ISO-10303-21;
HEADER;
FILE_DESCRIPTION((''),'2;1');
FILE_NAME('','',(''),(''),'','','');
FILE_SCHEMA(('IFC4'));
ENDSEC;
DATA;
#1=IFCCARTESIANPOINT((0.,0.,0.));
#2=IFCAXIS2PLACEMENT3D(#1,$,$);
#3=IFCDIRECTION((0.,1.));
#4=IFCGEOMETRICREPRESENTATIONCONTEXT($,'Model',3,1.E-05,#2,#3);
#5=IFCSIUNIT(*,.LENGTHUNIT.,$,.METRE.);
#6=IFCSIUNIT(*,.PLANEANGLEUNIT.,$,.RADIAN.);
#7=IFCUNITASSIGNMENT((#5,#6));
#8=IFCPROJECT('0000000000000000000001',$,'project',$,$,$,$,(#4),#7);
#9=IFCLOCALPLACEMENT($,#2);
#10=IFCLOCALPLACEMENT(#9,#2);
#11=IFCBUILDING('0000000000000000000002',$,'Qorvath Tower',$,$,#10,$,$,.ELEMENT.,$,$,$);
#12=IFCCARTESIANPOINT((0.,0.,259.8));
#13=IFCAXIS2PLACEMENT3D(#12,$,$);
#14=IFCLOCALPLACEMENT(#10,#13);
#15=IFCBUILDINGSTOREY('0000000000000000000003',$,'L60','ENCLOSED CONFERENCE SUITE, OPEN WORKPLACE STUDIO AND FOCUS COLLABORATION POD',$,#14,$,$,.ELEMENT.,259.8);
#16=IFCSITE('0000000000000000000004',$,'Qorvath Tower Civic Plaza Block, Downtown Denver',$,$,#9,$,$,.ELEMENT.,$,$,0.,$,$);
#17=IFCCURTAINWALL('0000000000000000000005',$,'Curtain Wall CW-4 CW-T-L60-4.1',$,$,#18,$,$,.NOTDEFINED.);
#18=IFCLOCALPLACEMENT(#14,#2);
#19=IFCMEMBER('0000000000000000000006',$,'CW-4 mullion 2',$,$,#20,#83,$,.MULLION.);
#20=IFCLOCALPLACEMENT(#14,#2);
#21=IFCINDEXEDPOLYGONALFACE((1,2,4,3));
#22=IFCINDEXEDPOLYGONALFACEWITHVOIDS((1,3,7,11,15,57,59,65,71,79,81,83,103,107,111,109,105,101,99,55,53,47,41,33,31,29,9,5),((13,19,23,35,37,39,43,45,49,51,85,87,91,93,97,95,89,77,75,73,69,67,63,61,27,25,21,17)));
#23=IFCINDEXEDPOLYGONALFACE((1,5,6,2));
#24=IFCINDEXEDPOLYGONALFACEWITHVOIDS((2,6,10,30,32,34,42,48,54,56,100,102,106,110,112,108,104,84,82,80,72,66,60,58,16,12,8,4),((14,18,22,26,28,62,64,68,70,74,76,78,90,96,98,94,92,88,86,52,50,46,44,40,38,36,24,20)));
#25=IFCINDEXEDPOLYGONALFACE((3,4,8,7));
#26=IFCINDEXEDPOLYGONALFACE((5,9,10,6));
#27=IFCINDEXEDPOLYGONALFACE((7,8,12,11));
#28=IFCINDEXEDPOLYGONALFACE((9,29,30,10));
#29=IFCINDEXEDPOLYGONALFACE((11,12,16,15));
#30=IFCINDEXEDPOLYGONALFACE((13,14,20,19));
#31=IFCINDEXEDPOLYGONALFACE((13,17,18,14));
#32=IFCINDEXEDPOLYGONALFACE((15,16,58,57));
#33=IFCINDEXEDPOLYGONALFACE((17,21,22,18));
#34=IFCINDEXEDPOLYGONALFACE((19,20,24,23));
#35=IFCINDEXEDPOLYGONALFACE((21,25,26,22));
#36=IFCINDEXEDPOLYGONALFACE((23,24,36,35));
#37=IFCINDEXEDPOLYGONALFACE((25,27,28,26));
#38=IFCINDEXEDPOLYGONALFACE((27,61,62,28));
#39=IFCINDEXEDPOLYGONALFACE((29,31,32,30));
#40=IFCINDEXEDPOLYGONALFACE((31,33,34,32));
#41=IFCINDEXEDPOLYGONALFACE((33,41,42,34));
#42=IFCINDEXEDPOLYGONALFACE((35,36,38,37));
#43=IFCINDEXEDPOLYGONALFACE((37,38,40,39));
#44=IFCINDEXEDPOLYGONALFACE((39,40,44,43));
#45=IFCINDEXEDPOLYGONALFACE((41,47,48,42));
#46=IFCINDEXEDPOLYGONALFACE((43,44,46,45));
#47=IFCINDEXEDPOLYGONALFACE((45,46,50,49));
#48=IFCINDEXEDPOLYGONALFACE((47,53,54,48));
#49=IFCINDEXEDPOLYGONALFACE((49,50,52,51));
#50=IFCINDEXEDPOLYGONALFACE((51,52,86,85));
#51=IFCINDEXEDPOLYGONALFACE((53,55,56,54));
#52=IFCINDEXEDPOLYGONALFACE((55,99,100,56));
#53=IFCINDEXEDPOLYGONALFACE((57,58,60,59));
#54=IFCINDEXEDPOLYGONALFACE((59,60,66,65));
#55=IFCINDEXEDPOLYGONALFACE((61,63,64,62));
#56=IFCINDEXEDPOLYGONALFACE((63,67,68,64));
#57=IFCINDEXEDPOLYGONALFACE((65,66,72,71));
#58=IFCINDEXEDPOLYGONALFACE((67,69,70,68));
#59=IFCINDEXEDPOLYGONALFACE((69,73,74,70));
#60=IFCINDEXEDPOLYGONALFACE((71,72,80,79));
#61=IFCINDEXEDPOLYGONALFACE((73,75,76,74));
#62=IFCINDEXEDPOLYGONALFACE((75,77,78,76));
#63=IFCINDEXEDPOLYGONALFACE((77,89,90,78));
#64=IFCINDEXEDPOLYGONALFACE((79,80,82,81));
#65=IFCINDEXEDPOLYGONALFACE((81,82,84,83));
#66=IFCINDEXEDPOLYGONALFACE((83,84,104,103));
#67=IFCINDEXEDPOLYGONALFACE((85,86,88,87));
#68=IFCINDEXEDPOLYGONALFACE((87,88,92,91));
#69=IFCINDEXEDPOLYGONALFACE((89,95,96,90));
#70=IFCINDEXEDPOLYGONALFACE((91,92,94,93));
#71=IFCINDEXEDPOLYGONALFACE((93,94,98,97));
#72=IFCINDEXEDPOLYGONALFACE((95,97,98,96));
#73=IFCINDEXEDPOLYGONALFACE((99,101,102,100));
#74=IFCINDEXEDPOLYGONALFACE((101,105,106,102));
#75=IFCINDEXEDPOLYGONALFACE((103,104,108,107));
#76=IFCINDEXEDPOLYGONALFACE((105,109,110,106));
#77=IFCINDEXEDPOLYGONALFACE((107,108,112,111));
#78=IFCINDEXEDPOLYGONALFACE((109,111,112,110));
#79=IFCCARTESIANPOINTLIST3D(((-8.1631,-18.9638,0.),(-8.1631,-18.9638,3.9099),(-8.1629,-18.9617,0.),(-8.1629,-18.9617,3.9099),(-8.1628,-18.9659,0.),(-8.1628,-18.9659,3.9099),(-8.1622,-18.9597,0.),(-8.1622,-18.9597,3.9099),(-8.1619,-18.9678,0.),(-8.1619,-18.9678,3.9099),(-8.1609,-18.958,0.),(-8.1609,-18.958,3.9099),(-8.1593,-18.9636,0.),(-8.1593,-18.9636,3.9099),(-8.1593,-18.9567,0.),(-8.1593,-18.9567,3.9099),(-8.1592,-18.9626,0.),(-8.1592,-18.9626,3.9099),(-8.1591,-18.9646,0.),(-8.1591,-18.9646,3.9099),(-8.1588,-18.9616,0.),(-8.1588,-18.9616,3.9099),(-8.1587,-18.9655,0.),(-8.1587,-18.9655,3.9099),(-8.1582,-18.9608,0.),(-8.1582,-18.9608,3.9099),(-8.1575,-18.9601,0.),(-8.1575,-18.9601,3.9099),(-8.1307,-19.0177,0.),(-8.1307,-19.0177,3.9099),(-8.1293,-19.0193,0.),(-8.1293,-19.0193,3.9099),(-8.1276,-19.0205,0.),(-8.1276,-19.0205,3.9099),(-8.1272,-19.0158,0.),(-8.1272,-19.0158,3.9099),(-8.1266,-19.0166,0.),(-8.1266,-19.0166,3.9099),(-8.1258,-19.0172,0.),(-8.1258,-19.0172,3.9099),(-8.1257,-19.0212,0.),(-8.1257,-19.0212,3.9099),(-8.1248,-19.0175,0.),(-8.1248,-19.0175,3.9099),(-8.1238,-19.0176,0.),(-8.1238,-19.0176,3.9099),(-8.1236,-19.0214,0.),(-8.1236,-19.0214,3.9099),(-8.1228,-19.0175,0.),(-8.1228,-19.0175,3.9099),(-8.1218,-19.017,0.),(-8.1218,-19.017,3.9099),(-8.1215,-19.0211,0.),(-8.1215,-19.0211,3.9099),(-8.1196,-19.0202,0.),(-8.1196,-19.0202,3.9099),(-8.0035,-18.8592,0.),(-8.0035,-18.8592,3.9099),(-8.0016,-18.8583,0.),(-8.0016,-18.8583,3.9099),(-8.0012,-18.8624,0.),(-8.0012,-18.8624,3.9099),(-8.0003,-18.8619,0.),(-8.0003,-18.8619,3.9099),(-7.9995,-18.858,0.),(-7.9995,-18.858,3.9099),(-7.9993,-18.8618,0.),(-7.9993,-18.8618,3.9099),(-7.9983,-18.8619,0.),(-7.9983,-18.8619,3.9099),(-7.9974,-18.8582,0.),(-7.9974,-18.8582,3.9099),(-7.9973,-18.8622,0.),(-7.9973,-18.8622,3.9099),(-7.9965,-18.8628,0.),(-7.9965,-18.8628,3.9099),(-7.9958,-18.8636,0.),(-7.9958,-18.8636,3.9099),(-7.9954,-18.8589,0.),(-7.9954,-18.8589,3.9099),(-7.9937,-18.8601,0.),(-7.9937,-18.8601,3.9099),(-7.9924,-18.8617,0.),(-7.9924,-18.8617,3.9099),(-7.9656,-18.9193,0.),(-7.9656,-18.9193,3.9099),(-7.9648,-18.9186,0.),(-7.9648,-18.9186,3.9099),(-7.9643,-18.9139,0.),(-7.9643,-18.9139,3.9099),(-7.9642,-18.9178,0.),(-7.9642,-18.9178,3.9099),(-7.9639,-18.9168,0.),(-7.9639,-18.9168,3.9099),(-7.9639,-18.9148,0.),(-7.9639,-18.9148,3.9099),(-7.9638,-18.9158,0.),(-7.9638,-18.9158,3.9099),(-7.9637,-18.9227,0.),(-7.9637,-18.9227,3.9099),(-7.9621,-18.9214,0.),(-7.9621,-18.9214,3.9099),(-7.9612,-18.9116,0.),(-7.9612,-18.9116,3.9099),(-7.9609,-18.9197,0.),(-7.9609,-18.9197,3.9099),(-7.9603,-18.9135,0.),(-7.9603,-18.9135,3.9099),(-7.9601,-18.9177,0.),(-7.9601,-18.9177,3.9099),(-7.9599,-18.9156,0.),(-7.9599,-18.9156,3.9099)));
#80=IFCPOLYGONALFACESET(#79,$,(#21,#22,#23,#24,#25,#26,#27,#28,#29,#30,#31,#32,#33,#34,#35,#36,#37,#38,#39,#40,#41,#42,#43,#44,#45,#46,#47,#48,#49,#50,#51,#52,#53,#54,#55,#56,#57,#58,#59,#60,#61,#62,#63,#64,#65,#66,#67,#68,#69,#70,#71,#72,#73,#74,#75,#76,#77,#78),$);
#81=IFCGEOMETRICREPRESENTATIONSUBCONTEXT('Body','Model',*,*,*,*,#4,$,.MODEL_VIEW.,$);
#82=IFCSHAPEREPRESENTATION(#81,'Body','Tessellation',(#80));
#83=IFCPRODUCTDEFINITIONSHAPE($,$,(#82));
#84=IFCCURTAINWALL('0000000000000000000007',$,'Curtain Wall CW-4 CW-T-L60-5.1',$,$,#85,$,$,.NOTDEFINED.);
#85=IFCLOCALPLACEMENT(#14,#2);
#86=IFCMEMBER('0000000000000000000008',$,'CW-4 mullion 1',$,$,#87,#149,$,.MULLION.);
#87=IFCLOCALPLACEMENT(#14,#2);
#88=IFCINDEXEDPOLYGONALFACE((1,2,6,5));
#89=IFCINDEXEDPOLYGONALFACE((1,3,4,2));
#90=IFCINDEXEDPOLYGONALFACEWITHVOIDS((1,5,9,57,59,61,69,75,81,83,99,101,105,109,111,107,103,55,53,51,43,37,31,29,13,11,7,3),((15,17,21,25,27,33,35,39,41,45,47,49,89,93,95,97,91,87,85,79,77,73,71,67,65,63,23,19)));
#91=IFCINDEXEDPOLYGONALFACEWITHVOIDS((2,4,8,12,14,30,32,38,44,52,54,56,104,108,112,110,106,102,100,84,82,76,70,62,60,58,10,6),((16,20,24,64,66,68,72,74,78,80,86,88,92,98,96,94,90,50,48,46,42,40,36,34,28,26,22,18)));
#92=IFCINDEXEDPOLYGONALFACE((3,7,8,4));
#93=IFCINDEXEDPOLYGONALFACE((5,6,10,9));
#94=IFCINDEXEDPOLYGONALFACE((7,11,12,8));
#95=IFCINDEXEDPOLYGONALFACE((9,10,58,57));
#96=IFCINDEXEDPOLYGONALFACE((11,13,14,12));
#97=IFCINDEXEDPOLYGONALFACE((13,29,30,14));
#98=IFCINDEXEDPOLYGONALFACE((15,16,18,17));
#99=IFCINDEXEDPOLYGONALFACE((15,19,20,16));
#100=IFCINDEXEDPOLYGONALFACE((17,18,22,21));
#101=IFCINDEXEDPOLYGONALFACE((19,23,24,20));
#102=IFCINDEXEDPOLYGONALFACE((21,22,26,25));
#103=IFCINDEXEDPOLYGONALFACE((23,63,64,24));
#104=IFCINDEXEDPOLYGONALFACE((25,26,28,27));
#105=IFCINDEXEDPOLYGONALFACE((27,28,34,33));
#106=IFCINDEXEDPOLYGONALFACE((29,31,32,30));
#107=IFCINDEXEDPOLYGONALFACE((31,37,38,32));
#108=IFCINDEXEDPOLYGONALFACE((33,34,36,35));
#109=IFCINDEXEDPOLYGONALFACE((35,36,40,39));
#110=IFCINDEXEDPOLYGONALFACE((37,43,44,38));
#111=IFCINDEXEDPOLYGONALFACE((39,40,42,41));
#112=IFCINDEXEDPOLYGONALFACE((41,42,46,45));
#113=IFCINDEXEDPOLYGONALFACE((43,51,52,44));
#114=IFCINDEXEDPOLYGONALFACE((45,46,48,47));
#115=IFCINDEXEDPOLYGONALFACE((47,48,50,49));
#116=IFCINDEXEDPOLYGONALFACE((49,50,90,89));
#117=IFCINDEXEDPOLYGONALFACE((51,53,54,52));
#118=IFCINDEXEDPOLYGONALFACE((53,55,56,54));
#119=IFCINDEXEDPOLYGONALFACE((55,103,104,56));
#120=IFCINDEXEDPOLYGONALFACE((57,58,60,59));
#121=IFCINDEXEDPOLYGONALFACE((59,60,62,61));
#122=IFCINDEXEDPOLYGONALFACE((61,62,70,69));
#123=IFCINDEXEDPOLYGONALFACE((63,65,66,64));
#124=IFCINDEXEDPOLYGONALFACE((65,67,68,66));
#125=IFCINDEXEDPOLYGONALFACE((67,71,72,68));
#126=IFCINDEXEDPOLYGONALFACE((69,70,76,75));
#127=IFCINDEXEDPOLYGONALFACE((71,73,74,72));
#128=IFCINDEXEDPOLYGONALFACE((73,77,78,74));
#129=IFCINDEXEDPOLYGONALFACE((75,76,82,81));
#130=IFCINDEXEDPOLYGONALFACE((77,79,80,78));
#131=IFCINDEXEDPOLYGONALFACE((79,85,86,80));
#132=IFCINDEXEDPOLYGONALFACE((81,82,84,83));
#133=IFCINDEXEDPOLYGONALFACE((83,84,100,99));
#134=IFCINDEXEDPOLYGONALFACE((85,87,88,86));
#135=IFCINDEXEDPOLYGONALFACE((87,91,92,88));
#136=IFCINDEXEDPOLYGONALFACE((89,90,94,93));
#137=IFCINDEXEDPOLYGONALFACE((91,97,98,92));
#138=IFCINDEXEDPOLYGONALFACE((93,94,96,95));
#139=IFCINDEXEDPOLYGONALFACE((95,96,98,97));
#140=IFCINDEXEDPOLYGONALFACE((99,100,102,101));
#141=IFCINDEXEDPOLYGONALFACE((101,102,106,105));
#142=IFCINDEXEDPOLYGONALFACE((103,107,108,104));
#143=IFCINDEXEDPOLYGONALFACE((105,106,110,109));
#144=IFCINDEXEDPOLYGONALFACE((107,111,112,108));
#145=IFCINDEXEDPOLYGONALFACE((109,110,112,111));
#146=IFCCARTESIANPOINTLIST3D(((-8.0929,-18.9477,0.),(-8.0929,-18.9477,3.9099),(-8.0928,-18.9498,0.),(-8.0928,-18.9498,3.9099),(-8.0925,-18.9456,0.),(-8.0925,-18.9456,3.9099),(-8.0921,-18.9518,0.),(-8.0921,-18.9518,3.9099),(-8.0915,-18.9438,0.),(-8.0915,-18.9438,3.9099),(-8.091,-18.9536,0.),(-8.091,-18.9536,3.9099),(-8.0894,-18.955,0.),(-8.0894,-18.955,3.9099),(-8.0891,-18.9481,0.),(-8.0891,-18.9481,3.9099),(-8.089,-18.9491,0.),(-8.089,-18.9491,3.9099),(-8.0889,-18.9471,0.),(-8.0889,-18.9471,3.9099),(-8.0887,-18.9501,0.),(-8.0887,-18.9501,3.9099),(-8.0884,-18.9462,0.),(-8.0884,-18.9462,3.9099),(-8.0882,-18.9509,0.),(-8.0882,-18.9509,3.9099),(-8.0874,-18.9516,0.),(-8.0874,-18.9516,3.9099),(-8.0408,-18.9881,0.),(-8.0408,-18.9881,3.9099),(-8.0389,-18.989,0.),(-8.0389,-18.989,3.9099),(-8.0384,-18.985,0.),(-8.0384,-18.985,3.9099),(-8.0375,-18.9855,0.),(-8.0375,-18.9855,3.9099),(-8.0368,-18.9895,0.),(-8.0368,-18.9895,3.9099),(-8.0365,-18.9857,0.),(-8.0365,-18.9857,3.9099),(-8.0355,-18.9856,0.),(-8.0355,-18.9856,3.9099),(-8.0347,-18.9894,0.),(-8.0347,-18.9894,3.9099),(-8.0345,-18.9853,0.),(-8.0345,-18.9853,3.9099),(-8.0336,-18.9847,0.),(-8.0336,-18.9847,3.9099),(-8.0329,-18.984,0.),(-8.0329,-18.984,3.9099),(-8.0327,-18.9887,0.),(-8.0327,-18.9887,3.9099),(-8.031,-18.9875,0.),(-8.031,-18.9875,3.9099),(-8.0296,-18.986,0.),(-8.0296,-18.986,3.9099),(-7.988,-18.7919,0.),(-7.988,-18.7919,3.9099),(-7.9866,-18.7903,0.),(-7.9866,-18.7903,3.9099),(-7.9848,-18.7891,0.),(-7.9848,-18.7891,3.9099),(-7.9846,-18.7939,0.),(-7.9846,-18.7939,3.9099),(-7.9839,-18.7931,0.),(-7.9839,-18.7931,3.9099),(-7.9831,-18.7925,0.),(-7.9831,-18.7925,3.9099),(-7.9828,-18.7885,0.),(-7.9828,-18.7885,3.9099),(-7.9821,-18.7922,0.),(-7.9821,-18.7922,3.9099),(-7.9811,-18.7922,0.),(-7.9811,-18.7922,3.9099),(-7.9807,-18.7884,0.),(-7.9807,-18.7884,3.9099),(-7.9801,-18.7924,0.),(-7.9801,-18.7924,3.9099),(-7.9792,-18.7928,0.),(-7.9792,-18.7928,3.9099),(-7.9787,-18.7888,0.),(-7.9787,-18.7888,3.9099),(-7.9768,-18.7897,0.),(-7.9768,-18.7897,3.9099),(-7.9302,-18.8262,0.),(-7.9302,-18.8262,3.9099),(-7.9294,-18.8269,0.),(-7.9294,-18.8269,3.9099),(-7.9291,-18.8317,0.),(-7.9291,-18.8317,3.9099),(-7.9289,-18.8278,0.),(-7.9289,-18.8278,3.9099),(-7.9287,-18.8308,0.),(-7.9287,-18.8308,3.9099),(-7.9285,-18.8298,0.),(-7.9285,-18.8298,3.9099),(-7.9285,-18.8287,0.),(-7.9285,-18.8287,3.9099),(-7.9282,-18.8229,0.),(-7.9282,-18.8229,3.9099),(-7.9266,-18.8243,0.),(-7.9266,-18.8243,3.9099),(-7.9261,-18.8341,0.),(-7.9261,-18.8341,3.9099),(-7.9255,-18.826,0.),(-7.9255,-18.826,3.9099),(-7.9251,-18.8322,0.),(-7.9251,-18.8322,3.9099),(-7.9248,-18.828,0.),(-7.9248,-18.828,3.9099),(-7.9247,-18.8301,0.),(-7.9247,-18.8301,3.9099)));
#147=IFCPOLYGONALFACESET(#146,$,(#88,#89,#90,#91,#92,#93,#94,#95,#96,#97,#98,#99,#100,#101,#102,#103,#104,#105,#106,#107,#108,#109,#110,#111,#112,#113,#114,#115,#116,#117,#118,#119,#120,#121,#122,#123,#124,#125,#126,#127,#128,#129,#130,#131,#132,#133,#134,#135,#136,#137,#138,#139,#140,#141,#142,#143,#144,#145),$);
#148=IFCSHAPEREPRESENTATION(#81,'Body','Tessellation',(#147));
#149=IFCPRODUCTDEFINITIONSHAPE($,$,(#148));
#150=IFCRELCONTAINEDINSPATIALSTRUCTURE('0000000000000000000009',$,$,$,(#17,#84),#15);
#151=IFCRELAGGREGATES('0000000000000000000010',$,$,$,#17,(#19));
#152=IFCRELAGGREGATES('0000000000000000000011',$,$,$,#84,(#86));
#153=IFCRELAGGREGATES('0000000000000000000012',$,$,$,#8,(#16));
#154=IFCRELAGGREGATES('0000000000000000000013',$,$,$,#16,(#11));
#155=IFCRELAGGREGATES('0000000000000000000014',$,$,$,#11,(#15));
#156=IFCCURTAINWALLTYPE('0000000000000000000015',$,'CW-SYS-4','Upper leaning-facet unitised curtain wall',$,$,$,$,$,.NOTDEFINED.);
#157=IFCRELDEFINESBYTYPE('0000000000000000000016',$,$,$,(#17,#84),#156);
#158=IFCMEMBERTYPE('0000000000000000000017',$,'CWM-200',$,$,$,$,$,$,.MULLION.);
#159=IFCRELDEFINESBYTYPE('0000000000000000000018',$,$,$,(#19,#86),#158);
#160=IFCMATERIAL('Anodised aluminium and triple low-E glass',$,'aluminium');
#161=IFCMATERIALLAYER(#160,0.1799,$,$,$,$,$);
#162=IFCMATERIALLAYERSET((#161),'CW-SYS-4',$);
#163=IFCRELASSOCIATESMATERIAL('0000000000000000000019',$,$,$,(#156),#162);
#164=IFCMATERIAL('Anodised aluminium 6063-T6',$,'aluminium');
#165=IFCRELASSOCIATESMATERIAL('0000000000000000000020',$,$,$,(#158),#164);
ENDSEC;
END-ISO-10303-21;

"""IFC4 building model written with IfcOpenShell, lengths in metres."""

from ifc_helpers import new_model, si_unit, direction, frame, origin, origin_2d, place, context, subcontext, project, spatial, hollow_rectangle, extrude, material, layer, layer_set, material_profile, profile_set, type_object, element, aggregate, save


model = new_model("IFC4")

# Units and contexts
model_context = context("Model", 3, precision=1e-05, world=origin(), true_north=direction((0.0, 1.0)))
body_context = subcontext(model_context, "Body", "Model", "MODEL_VIEW")
ifc_project = project(units=[si_unit("LENGTHUNIT", "METRE"), si_unit("PLANEANGLEUNIT", "RADIAN")], contexts=[model_context])

# Site, building, storey
site_placement = place(None, origin())
site = spatial("IfcSite", under=ifc_project, at=site_placement, Name="Qorvath Tower Civic Plaza Block, Downtown Denver", CompositionType="ELEMENT", RefElevation=0.0)
building_placement = place(site_placement, origin())
building = spatial("IfcBuilding", under=site, at=building_placement, Name="Qorvath Tower", CompositionType="ELEMENT")
storey_placement = place(building_placement, frame((0.0, 0.0, 259.8)))
storey = spatial("IfcBuildingStorey", under=building, at=storey_placement, Name="L60", Description="ENCLOSED CONFERENCE SUITE, OPEN WORKPLACE STUDIO AND FOCUS COLLABORATION POD", CompositionType="ELEMENT", Elevation=259.8)

# Shared definitions
ifc_material_1 = material(Name="Anodised aluminium and triple low-E glass", Category="aluminium")
ifc_layer_1 = layer(ifc_material_1, 0.1799)
ifc_layer_set_1 = layer_set([ifc_layer_1], Name="CW-SYS-4")
curtain_wall_type = type_object("IfcCurtainWallType", Name="CW-SYS-4", Description="Upper leaning-facet unitised curtain wall", PredefinedType="NOTDEFINED", material=ifc_layer_set_1)
ifc_material_2 = material(Name="Anodised aluminium 6063-T6", Category="aluminium")
ifc_material_profile_1 = material_profile(ifc_material_2, hollow_rectangle(XDim=0.075, YDim=0.2, WallThickness=0.0039, InnerFilletRadius=0.0039, OuterFilletRadius=0.0081, at=origin_2d()), Name="CWM 200x75")
ifc_profile_set_1 = profile_set([ifc_material_profile_1], Name="Anodised aluminium 6063-T6")
member_type_1 = type_object("IfcMemberType", Name="CWM-200", PredefinedType="MULLION", material=ifc_profile_set_1)

# Curtain walls, members
curtain_wall_1_placement = place(storey_placement, origin())
curtain_wall_1 = element("IfcCurtainWall", 1, at=curtain_wall_1_placement, inside=storey, type_object=curtain_wall_type, Name="Curtain Wall CW-4 CW-T-L60-4.1", PredefinedType="NOTDEFINED")
member_1_placement = place(storey_placement, frame((-8.0615, -18.9397, 0.0), z_axis=(0.0, 0.0, 1.0), x_axis=(-0.530412, 0.84774, 0.0)))
member_1 = element("IfcMember", 2, at=member_1_placement, type_object=member_type_1, Name="CW-4 mullion 2", PredefinedType="MULLION", context=body_context, shape_type="SweptSolid", body=[
    extrude(hollow_rectangle(XDim=0.075, YDim=0.2, WallThickness=0.0039, InnerFilletRadius=0.0039, OuterFilletRadius=0.0081, at=origin_2d()), origin(), (0.0, 0.0, 1.0), 3.9099),
])
curtain_wall_2_placement = place(storey_placement, origin())
curtain_wall_2 = element("IfcCurtainWall", 3, at=curtain_wall_2_placement, inside=storey, type_object=curtain_wall_type, Name="Curtain Wall CW-4 CW-T-L60-5.1", PredefinedType="NOTDEFINED")
member_2_placement = place(storey_placement, frame((-8.0088, -18.8889, 0.0), z_axis=(0.0, 0.0, 1.0), x_axis=(-0.826358, 0.563145, 0.0)))
member_2 = element("IfcMember", 4, at=member_2_placement, type_object=member_type_1, Name="CW-4 mullion 1", PredefinedType="MULLION", context=body_context, shape_type="SweptSolid", body=[
    extrude(hollow_rectangle(XDim=0.075, YDim=0.2, WallThickness=0.0039, InnerFilletRadius=0.0039, OuterFilletRadius=0.0081, at=origin_2d()), origin(), (0.0, 0.0, 1.0), 3.9099),
])

aggregate(curtain_wall_1, [member_1])
aggregate(curtain_wall_2, [member_2])

save(model, "model.ifc")
